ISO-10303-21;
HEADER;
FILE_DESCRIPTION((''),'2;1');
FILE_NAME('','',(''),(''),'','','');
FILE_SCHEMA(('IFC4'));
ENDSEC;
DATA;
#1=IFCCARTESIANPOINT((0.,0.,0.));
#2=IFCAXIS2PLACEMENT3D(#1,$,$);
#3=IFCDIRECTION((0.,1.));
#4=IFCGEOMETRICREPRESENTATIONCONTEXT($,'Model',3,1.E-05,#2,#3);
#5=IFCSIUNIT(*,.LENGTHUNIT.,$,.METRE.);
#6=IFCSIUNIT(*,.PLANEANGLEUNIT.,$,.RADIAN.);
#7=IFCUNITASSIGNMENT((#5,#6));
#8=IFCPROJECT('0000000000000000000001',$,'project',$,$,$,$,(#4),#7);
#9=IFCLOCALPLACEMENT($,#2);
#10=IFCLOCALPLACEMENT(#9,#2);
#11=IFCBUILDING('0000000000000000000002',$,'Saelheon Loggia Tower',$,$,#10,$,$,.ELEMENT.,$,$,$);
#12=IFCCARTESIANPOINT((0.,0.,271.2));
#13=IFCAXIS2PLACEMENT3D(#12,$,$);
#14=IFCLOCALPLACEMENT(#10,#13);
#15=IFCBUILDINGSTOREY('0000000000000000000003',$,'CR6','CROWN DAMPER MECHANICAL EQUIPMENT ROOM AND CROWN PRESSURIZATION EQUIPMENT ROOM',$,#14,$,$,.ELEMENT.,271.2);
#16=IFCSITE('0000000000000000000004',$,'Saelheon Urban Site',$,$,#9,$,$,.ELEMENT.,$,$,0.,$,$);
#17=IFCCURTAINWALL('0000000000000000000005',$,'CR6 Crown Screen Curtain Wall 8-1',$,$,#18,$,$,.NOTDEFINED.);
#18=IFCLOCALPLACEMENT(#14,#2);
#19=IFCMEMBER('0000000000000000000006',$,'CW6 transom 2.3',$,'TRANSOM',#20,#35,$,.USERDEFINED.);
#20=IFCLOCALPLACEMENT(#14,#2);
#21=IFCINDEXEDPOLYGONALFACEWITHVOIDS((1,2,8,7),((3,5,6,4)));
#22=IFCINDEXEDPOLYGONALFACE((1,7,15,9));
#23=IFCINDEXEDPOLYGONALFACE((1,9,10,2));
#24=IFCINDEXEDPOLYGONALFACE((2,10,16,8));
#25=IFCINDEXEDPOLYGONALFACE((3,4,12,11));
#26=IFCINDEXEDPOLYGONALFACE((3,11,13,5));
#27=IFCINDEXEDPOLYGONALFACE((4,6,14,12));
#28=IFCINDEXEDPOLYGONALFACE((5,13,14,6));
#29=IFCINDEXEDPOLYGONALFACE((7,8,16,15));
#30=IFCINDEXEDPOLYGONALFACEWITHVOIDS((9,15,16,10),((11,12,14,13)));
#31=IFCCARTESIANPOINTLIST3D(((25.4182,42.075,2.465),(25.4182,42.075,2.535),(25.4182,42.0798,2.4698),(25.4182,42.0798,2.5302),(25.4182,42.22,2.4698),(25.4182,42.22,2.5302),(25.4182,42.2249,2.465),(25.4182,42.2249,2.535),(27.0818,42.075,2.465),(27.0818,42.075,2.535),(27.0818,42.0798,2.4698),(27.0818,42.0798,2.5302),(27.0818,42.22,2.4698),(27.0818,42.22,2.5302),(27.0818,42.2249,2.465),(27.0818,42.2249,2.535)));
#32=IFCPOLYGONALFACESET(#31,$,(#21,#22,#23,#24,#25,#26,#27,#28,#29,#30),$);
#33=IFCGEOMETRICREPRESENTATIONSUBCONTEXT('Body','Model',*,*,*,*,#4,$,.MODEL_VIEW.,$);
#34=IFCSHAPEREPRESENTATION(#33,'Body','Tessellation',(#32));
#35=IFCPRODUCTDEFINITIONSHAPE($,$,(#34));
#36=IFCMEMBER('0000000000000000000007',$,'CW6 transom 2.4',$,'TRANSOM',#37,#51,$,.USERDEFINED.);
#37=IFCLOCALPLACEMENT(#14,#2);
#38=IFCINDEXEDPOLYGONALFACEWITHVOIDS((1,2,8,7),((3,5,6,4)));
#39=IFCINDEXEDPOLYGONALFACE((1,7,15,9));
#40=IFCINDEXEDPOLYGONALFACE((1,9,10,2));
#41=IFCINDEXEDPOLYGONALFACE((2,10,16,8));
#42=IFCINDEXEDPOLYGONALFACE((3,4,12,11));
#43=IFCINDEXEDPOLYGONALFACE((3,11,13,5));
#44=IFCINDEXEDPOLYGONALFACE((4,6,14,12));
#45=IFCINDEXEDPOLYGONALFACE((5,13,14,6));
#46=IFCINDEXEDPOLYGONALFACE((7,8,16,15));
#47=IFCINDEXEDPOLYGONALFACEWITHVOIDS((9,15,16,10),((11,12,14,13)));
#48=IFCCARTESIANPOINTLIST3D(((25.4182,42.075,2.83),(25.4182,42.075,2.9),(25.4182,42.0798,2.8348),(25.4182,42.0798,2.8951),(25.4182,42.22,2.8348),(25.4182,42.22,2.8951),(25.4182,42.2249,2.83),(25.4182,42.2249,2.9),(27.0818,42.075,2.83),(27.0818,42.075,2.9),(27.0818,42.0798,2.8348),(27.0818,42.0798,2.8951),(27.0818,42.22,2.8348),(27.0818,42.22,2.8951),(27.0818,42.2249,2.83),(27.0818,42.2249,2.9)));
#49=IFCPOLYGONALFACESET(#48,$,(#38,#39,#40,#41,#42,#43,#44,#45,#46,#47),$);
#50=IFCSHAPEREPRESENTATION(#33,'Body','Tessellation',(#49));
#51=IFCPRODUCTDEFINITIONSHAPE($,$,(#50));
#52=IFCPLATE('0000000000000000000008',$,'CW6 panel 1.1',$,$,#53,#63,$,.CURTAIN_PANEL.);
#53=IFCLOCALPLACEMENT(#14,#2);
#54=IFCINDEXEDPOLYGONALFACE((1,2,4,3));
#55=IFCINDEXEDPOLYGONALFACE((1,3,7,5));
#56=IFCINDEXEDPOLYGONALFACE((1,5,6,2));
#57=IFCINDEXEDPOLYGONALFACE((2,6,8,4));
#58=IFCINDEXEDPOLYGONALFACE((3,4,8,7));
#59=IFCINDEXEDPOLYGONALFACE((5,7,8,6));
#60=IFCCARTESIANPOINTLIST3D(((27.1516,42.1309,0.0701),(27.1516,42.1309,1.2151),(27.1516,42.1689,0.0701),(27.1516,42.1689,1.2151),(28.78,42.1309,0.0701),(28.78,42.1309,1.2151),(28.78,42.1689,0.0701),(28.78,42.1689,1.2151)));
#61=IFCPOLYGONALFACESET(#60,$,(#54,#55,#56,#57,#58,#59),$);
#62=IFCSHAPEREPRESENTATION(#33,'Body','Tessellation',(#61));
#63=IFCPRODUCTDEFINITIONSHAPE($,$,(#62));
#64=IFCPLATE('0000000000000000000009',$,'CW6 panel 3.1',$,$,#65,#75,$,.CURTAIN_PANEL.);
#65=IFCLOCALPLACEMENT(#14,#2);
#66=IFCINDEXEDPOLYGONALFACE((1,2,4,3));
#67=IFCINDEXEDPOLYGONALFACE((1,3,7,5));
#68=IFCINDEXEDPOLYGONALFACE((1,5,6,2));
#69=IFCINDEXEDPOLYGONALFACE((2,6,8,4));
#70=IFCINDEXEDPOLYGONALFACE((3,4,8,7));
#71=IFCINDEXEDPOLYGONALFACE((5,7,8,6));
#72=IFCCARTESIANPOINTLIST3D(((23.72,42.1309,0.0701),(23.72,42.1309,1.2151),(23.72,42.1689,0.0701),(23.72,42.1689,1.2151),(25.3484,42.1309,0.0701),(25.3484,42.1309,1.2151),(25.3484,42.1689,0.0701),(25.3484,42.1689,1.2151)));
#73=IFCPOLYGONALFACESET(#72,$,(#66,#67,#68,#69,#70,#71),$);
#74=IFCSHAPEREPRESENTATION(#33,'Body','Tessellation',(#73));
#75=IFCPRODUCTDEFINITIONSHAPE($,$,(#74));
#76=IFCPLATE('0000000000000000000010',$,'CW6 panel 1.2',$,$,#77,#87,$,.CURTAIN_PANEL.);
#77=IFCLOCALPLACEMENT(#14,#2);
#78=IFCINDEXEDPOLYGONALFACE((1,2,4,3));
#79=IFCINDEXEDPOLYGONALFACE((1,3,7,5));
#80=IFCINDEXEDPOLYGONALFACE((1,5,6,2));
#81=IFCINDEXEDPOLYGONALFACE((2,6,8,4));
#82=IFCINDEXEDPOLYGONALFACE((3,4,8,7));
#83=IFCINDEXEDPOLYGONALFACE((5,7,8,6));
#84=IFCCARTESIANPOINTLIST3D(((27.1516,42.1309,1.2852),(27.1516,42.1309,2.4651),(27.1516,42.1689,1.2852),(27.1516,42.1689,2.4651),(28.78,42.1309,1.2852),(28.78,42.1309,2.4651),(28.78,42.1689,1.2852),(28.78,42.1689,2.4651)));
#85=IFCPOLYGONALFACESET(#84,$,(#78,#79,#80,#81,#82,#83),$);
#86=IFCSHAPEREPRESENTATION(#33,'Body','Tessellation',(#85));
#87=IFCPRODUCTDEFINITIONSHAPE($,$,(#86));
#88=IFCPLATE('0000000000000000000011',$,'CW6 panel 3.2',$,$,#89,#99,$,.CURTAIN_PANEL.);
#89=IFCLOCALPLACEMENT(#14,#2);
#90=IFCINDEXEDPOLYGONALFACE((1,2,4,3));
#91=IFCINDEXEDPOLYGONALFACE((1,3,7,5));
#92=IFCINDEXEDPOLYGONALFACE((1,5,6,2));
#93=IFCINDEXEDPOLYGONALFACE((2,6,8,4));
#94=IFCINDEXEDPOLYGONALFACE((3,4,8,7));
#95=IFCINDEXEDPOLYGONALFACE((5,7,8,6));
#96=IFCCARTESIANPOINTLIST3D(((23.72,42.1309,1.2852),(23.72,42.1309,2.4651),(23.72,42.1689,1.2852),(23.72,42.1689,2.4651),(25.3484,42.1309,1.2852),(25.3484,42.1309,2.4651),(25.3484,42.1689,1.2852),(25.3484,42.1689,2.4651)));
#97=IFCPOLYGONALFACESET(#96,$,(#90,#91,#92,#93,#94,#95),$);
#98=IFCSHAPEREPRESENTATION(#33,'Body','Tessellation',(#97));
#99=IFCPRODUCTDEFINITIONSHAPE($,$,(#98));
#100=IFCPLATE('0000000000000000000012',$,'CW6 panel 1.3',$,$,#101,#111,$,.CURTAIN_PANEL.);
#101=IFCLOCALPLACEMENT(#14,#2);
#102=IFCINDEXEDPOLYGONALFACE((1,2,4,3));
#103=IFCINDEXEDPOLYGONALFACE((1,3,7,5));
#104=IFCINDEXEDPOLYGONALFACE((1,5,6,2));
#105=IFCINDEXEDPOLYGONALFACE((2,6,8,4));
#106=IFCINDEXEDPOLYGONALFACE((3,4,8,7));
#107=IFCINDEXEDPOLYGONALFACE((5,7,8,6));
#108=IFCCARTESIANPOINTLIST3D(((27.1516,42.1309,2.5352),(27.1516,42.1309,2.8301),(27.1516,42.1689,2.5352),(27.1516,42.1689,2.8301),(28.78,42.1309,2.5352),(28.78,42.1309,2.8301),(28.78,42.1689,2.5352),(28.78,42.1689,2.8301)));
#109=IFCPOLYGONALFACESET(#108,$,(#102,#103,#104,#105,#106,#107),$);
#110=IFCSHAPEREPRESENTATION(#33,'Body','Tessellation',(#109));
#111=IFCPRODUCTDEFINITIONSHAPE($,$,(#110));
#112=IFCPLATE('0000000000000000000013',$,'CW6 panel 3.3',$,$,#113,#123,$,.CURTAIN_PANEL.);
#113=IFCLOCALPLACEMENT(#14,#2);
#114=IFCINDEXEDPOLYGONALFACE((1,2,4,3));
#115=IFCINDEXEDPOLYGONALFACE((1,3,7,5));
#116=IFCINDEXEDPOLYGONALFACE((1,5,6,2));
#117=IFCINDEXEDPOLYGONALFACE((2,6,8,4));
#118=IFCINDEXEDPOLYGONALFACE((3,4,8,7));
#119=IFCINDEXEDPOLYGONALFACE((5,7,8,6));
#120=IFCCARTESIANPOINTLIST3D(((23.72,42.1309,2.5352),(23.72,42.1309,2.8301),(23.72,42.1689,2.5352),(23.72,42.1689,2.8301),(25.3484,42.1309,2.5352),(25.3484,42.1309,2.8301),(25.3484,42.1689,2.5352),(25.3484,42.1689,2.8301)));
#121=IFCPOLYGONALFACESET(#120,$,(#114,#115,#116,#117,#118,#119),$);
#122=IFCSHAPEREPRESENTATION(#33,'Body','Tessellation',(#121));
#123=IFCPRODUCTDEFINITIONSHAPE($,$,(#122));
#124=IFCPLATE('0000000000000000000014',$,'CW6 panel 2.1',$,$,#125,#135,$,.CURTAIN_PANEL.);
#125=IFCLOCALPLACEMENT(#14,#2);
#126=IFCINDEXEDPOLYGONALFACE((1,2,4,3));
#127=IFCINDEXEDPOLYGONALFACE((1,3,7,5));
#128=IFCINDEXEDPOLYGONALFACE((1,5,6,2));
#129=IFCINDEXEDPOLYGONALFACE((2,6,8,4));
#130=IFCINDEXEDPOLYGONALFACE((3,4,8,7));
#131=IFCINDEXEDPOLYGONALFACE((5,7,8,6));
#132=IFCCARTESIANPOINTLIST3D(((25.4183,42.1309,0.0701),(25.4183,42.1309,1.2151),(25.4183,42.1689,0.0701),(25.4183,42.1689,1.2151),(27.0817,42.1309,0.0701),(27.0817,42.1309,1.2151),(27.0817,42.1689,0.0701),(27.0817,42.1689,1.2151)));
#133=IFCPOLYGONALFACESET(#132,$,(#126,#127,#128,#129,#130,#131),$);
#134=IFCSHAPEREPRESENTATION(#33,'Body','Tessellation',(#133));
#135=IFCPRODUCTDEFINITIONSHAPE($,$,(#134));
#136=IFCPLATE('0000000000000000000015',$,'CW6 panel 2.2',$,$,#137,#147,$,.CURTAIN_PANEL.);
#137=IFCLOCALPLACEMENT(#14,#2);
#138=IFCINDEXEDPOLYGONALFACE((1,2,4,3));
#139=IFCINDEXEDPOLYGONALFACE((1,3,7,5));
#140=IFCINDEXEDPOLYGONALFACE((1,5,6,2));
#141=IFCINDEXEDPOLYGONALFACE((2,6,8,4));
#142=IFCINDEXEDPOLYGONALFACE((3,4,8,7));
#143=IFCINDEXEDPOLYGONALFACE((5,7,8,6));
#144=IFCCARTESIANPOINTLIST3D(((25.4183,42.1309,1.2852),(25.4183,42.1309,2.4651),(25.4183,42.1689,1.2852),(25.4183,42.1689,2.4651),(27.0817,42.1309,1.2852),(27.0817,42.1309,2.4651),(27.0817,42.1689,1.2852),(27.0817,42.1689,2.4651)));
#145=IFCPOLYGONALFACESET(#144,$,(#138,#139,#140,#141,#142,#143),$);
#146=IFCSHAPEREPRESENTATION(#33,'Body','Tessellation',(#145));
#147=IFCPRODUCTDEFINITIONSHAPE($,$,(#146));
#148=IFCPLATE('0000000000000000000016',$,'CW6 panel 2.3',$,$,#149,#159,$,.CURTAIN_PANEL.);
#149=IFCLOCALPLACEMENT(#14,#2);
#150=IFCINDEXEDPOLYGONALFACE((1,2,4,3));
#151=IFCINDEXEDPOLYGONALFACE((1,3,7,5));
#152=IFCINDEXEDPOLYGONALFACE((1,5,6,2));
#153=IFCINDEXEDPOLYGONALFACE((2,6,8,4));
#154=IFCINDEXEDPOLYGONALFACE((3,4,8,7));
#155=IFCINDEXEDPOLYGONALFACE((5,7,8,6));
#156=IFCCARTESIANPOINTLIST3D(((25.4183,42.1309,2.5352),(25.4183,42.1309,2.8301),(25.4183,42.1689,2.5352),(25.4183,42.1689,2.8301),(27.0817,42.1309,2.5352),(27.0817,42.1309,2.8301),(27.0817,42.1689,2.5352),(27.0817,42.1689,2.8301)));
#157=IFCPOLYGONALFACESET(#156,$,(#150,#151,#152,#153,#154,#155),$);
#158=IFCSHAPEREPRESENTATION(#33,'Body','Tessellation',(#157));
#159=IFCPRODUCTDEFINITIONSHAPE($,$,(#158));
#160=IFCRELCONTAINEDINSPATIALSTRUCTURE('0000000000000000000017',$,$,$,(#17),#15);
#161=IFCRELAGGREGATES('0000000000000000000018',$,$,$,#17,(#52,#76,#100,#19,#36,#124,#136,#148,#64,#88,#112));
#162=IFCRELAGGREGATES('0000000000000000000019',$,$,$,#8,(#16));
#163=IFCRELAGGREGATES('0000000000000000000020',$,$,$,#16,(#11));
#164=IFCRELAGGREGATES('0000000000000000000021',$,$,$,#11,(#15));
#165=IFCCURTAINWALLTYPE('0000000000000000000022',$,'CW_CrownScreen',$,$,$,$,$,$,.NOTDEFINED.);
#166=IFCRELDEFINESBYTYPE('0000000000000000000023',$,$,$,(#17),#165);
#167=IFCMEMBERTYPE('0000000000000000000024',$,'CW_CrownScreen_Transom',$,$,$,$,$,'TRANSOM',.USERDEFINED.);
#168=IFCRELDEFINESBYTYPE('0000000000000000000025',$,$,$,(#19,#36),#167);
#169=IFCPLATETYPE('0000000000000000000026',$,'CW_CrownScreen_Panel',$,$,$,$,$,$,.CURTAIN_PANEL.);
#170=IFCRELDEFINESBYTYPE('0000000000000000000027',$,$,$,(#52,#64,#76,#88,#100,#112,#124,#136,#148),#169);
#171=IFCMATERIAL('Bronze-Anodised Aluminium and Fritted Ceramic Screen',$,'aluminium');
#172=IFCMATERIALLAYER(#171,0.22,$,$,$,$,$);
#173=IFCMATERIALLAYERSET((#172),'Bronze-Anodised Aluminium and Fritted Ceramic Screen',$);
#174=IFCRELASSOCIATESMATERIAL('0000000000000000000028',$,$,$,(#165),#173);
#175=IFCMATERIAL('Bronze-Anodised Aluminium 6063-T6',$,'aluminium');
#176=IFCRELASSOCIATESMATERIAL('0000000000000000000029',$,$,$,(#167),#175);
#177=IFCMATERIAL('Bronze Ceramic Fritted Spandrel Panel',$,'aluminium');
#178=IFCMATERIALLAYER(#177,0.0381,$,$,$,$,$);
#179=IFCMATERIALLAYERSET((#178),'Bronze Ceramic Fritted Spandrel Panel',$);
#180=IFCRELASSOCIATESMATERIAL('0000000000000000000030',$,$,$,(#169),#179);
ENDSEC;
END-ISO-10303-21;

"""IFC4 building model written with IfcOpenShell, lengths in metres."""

from ifc_helpers import new_model, si_unit, direction, frame, origin, origin_2d, place, context, subcontext, project, spatial, rectangle, hollow_rectangle, extrude, source, transform, mapped, material, layer, layer_set, material_profile, profile_set, type_object, element, aggregate, save


model = new_model("IFC4")

# Units and contexts
model_context = context("Model", 3, precision=1e-05, world=origin(), true_north=direction((0.0, 1.0)))
body_context = subcontext(model_context, "Body", "Model", "MODEL_VIEW")
ifc_project = project(units=[si_unit("LENGTHUNIT", "METRE"), si_unit("PLANEANGLEUNIT", "RADIAN")], contexts=[model_context])

# Site, building, storey
site_placement = place(None, origin())
site = spatial("IfcSite", under=ifc_project, at=site_placement, Name="Saelheon Urban Site", CompositionType="ELEMENT", RefElevation=0.0)
building_placement = place(site_placement, origin())
building = spatial("IfcBuilding", under=site, at=building_placement, Name="Saelheon Loggia Tower", CompositionType="ELEMENT")
storey_placement = place(building_placement, frame((0.0, 0.0, 271.2)))
storey = spatial("IfcBuildingStorey", under=building, at=storey_placement, Name="CR6", Description="CROWN DAMPER MECHANICAL EQUIPMENT ROOM AND CROWN PRESSURIZATION EQUIPMENT ROOM", CompositionType="ELEMENT", Elevation=271.2)

# Curtain wall, members, plates
ifc_material_1 = material(Name="Bronze-Anodised Aluminium and Fritted Ceramic Screen", Category="aluminium")
ifc_layer_1 = layer(ifc_material_1, 0.22)
ifc_layer_set_1 = layer_set([ifc_layer_1], Name="Bronze-Anodised Aluminium and Fritted Ceramic Screen")
curtain_wall_type = type_object("IfcCurtainWallType", Name="CW_CrownScreen", PredefinedType="NOTDEFINED", material=ifc_layer_set_1)
curtain_wall_placement = place(storey_placement, origin())
curtain_wall = element("IfcCurtainWall", 1, at=curtain_wall_placement, inside=storey, type_object=curtain_wall_type, Name="CR6 Crown Screen Curtain Wall 8-1", PredefinedType="NOTDEFINED")
ifc_material_2 = material(Name="Bronze-Anodised Aluminium 6063-T6", Category="aluminium")
ifc_material_profile_1 = material_profile(ifc_material_2, hollow_rectangle(XDim=0.0701, YDim=0.1499, WallThickness=0.0049, at=origin_2d()), Name="RHS-150x70x5")
ifc_profile_set_1 = profile_set([ifc_material_profile_1], Name="Bronze-Anodised Aluminium 6063-T6")
member_type_1 = type_object("IfcMemberType", Name="CW_CrownScreen_Transom", ElementType="TRANSOM", PredefinedType="USERDEFINED", material=ifc_profile_set_1)
shared_shape_1 = source(origin(), body_context, "Body", "SweptSolid", [
    extrude(hollow_rectangle(XDim=0.0701, YDim=0.1499, WallThickness=0.0049, at=origin_2d()), origin(), (0.0, 0.0, 1.0), 1.6636),
])
member_1_placement = place(storey_placement, frame((27.0818, 42.1499, 2.5), z_axis=(-1.0, 0.0, 0.0), x_axis=(0.0, 0.0, 1.0)))
member_1 = element("IfcMember", 2, at=member_1_placement, type_object=member_type_1, Name="CW6 transom 2.3", ObjectType="TRANSOM", PredefinedType="USERDEFINED", context=body_context, shape_type="MappedRepresentation", body=[
    mapped(shared_shape_1, transform((0.0, 0.0, 0.0), scale=1.0)),
])
member_2_placement = place(storey_placement, frame((27.0818, 42.1499, 2.865), z_axis=(-1.0, 0.0, 0.0), x_axis=(0.0, 0.0, 1.0)))
member_2 = element("IfcMember", 3, at=member_2_placement, type_object=member_type_1, Name="CW6 transom 2.4", ObjectType="TRANSOM", PredefinedType="USERDEFINED", context=body_context, shape_type="MappedRepresentation", body=[
    mapped(shared_shape_1, transform((0.0, 0.0, 0.0), scale=1.0)),
])
ifc_material_3 = material(Name="Bronze Ceramic Fritted Spandrel Panel", Category="aluminium")
ifc_layer_2 = layer(ifc_material_3, 0.0381)
ifc_layer_set_2 = layer_set([ifc_layer_2], Name="Bronze Ceramic Fritted Spandrel Panel")
plate_type = type_object("IfcPlateType", Name="CW_CrownScreen_Panel", PredefinedType="CURTAIN_PANEL", material=ifc_layer_set_2)
shared_shape_2 = source(origin(), body_context, "Body", "SweptSolid", [
    extrude(rectangle(XDim=1.6284, YDim=0.0381, at=origin_2d()), origin(), (0.0, 0.0, 1.0), 1.145),
])
plate_1_placement = place(storey_placement, frame((27.9658, 42.1499, 0.0701), z_axis=(0.0, 0.0, 1.0), x_axis=(-1.0, 0.0, 0.0)))
plate_1 = element("IfcPlate", 4, at=plate_1_placement, type_object=plate_type, Name="CW6 panel 1.1", PredefinedType="CURTAIN_PANEL", context=body_context, shape_type="MappedRepresentation", body=[
    mapped(shared_shape_2, transform((0.0, 0.0, 0.0), scale=1.0)),
])
plate_2_placement = place(storey_placement, frame((24.5342, 42.1499, 0.0701), z_axis=(0.0, 0.0, 1.0), x_axis=(-1.0, 0.0, 0.0)))
plate_2 = element("IfcPlate", 5, at=plate_2_placement, type_object=plate_type, Name="CW6 panel 3.1", PredefinedType="CURTAIN_PANEL", context=body_context, shape_type="MappedRepresentation", body=[
    mapped(shared_shape_2, transform((0.0, 0.0, 0.0), scale=1.0)),
])
shared_shape_3 = source(origin(), body_context, "Body", "SweptSolid", [
    extrude(rectangle(XDim=1.6284, YDim=0.0381, at=origin_2d()), origin(), (0.0, 0.0, 1.0), 1.1799),
])
plate_3_placement = place(storey_placement, frame((27.9658, 42.1499, 1.2852), z_axis=(0.0, 0.0, 1.0), x_axis=(-1.0, 0.0, 0.0)))
plate_3 = element("IfcPlate", 6, at=plate_3_placement, type_object=plate_type, Name="CW6 panel 1.2", PredefinedType="CURTAIN_PANEL", context=body_context, shape_type="MappedRepresentation", body=[
    mapped(shared_shape_3, transform((0.0, 0.0, 0.0), scale=1.0)),
])
plate_4_placement = place(storey_placement, frame((24.5342, 42.1499, 1.2852), z_axis=(0.0, 0.0, 1.0), x_axis=(-1.0, 0.0, 0.0)))
plate_4 = element("IfcPlate", 7, at=plate_4_placement, type_object=plate_type, Name="CW6 panel 3.2", PredefinedType="CURTAIN_PANEL", context=body_context, shape_type="MappedRepresentation", body=[
    mapped(shared_shape_3, transform((0.0, 0.0, 0.0), scale=1.0)),
])
shared_shape_4 = source(origin(), body_context, "Body", "SweptSolid", [
    extrude(rectangle(XDim=1.6284, YDim=0.0381, at=origin_2d()), origin(), (0.0, 0.0, 1.0), 0.2949),
])
plate_5_placement = place(storey_placement, frame((27.9658, 42.1499, 2.5352), z_axis=(0.0, 0.0, 1.0), x_axis=(-1.0, 0.0, 0.0)))
plate_5 = element("IfcPlate", 8, at=plate_5_placement, type_object=plate_type, Name="CW6 panel 1.3", PredefinedType="CURTAIN_PANEL", context=body_context, shape_type="MappedRepresentation", body=[
    mapped(shared_shape_4, transform((0.0, 0.0, 0.0), scale=1.0)),
])
plate_6_placement = place(storey_placement, frame((24.5342, 42.1499, 2.5352), z_axis=(0.0, 0.0, 1.0), x_axis=(-1.0, 0.0, 0.0)))
plate_6 = element("IfcPlate", 9, at=plate_6_placement, type_object=plate_type, Name="CW6 panel 3.3", PredefinedType="CURTAIN_PANEL", context=body_context, shape_type="MappedRepresentation", body=[
    mapped(shared_shape_4, transform((0.0, 0.0, 0.0), scale=1.0)),
])
shared_shape_5 = source(origin(), body_context, "Body", "SweptSolid", [
    extrude(rectangle(XDim=1.6633, YDim=0.0381, at=origin_2d()), origin(), (0.0, 0.0, 1.0), 1.145),
])
plate_7_placement = place(storey_placement, frame((26.25, 42.1499, 0.0701), z_axis=(0.0, 0.0, 1.0), x_axis=(-1.0, 0.0, 0.0)))
plate_7 = element("IfcPlate", 10, at=plate_7_placement, type_object=plate_type, Name="CW6 panel 2.1", PredefinedType="CURTAIN_PANEL", context=body_context, shape_type="MappedRepresentation", body=[
    mapped(shared_shape_5, transform((0.0, 0.0, 0.0), scale=1.0)),
])
shared_shape_6 = source(origin(), body_context, "Body", "SweptSolid", [
    extrude(rectangle(XDim=1.6633, YDim=0.0381, at=origin_2d()), origin(), (0.0, 0.0, 1.0), 1.1799),
])
plate_8_placement = place(storey_placement, frame((26.25, 42.1499, 1.2852), z_axis=(0.0, 0.0, 1.0), x_axis=(-1.0, 0.0, 0.0)))
plate_8 = element("IfcPlate", 11, at=plate_8_placement, type_object=plate_type, Name="CW6 panel 2.2", PredefinedType="CURTAIN_PANEL", context=body_context, shape_type="MappedRepresentation", body=[
    mapped(shared_shape_6, transform((0.0, 0.0, 0.0), scale=1.0)),
])
shared_shape_7 = source(origin(), body_context, "Body", "SweptSolid", [
    extrude(rectangle(XDim=1.6633, YDim=0.0381, at=origin_2d()), origin(), (0.0, 0.0, 1.0), 0.2949),
])
plate_9_placement = place(storey_placement, frame((26.25, 42.1499, 2.5352), z_axis=(0.0, 0.0, 1.0), x_axis=(-1.0, 0.0, 0.0)))
plate_9 = element("IfcPlate", 12, at=plate_9_placement, type_object=plate_type, Name="CW6 panel 2.3", PredefinedType="CURTAIN_PANEL", context=body_context, shape_type="MappedRepresentation", body=[
    mapped(shared_shape_7, transform((0.0, 0.0, 0.0), scale=1.0)),
])
aggregate(curtain_wall, [plate_1, plate_3, plate_5, member_1, member_2, plate_7, plate_8, plate_9, plate_2, plate_4, plate_6])

save(model, "model.ifc")
